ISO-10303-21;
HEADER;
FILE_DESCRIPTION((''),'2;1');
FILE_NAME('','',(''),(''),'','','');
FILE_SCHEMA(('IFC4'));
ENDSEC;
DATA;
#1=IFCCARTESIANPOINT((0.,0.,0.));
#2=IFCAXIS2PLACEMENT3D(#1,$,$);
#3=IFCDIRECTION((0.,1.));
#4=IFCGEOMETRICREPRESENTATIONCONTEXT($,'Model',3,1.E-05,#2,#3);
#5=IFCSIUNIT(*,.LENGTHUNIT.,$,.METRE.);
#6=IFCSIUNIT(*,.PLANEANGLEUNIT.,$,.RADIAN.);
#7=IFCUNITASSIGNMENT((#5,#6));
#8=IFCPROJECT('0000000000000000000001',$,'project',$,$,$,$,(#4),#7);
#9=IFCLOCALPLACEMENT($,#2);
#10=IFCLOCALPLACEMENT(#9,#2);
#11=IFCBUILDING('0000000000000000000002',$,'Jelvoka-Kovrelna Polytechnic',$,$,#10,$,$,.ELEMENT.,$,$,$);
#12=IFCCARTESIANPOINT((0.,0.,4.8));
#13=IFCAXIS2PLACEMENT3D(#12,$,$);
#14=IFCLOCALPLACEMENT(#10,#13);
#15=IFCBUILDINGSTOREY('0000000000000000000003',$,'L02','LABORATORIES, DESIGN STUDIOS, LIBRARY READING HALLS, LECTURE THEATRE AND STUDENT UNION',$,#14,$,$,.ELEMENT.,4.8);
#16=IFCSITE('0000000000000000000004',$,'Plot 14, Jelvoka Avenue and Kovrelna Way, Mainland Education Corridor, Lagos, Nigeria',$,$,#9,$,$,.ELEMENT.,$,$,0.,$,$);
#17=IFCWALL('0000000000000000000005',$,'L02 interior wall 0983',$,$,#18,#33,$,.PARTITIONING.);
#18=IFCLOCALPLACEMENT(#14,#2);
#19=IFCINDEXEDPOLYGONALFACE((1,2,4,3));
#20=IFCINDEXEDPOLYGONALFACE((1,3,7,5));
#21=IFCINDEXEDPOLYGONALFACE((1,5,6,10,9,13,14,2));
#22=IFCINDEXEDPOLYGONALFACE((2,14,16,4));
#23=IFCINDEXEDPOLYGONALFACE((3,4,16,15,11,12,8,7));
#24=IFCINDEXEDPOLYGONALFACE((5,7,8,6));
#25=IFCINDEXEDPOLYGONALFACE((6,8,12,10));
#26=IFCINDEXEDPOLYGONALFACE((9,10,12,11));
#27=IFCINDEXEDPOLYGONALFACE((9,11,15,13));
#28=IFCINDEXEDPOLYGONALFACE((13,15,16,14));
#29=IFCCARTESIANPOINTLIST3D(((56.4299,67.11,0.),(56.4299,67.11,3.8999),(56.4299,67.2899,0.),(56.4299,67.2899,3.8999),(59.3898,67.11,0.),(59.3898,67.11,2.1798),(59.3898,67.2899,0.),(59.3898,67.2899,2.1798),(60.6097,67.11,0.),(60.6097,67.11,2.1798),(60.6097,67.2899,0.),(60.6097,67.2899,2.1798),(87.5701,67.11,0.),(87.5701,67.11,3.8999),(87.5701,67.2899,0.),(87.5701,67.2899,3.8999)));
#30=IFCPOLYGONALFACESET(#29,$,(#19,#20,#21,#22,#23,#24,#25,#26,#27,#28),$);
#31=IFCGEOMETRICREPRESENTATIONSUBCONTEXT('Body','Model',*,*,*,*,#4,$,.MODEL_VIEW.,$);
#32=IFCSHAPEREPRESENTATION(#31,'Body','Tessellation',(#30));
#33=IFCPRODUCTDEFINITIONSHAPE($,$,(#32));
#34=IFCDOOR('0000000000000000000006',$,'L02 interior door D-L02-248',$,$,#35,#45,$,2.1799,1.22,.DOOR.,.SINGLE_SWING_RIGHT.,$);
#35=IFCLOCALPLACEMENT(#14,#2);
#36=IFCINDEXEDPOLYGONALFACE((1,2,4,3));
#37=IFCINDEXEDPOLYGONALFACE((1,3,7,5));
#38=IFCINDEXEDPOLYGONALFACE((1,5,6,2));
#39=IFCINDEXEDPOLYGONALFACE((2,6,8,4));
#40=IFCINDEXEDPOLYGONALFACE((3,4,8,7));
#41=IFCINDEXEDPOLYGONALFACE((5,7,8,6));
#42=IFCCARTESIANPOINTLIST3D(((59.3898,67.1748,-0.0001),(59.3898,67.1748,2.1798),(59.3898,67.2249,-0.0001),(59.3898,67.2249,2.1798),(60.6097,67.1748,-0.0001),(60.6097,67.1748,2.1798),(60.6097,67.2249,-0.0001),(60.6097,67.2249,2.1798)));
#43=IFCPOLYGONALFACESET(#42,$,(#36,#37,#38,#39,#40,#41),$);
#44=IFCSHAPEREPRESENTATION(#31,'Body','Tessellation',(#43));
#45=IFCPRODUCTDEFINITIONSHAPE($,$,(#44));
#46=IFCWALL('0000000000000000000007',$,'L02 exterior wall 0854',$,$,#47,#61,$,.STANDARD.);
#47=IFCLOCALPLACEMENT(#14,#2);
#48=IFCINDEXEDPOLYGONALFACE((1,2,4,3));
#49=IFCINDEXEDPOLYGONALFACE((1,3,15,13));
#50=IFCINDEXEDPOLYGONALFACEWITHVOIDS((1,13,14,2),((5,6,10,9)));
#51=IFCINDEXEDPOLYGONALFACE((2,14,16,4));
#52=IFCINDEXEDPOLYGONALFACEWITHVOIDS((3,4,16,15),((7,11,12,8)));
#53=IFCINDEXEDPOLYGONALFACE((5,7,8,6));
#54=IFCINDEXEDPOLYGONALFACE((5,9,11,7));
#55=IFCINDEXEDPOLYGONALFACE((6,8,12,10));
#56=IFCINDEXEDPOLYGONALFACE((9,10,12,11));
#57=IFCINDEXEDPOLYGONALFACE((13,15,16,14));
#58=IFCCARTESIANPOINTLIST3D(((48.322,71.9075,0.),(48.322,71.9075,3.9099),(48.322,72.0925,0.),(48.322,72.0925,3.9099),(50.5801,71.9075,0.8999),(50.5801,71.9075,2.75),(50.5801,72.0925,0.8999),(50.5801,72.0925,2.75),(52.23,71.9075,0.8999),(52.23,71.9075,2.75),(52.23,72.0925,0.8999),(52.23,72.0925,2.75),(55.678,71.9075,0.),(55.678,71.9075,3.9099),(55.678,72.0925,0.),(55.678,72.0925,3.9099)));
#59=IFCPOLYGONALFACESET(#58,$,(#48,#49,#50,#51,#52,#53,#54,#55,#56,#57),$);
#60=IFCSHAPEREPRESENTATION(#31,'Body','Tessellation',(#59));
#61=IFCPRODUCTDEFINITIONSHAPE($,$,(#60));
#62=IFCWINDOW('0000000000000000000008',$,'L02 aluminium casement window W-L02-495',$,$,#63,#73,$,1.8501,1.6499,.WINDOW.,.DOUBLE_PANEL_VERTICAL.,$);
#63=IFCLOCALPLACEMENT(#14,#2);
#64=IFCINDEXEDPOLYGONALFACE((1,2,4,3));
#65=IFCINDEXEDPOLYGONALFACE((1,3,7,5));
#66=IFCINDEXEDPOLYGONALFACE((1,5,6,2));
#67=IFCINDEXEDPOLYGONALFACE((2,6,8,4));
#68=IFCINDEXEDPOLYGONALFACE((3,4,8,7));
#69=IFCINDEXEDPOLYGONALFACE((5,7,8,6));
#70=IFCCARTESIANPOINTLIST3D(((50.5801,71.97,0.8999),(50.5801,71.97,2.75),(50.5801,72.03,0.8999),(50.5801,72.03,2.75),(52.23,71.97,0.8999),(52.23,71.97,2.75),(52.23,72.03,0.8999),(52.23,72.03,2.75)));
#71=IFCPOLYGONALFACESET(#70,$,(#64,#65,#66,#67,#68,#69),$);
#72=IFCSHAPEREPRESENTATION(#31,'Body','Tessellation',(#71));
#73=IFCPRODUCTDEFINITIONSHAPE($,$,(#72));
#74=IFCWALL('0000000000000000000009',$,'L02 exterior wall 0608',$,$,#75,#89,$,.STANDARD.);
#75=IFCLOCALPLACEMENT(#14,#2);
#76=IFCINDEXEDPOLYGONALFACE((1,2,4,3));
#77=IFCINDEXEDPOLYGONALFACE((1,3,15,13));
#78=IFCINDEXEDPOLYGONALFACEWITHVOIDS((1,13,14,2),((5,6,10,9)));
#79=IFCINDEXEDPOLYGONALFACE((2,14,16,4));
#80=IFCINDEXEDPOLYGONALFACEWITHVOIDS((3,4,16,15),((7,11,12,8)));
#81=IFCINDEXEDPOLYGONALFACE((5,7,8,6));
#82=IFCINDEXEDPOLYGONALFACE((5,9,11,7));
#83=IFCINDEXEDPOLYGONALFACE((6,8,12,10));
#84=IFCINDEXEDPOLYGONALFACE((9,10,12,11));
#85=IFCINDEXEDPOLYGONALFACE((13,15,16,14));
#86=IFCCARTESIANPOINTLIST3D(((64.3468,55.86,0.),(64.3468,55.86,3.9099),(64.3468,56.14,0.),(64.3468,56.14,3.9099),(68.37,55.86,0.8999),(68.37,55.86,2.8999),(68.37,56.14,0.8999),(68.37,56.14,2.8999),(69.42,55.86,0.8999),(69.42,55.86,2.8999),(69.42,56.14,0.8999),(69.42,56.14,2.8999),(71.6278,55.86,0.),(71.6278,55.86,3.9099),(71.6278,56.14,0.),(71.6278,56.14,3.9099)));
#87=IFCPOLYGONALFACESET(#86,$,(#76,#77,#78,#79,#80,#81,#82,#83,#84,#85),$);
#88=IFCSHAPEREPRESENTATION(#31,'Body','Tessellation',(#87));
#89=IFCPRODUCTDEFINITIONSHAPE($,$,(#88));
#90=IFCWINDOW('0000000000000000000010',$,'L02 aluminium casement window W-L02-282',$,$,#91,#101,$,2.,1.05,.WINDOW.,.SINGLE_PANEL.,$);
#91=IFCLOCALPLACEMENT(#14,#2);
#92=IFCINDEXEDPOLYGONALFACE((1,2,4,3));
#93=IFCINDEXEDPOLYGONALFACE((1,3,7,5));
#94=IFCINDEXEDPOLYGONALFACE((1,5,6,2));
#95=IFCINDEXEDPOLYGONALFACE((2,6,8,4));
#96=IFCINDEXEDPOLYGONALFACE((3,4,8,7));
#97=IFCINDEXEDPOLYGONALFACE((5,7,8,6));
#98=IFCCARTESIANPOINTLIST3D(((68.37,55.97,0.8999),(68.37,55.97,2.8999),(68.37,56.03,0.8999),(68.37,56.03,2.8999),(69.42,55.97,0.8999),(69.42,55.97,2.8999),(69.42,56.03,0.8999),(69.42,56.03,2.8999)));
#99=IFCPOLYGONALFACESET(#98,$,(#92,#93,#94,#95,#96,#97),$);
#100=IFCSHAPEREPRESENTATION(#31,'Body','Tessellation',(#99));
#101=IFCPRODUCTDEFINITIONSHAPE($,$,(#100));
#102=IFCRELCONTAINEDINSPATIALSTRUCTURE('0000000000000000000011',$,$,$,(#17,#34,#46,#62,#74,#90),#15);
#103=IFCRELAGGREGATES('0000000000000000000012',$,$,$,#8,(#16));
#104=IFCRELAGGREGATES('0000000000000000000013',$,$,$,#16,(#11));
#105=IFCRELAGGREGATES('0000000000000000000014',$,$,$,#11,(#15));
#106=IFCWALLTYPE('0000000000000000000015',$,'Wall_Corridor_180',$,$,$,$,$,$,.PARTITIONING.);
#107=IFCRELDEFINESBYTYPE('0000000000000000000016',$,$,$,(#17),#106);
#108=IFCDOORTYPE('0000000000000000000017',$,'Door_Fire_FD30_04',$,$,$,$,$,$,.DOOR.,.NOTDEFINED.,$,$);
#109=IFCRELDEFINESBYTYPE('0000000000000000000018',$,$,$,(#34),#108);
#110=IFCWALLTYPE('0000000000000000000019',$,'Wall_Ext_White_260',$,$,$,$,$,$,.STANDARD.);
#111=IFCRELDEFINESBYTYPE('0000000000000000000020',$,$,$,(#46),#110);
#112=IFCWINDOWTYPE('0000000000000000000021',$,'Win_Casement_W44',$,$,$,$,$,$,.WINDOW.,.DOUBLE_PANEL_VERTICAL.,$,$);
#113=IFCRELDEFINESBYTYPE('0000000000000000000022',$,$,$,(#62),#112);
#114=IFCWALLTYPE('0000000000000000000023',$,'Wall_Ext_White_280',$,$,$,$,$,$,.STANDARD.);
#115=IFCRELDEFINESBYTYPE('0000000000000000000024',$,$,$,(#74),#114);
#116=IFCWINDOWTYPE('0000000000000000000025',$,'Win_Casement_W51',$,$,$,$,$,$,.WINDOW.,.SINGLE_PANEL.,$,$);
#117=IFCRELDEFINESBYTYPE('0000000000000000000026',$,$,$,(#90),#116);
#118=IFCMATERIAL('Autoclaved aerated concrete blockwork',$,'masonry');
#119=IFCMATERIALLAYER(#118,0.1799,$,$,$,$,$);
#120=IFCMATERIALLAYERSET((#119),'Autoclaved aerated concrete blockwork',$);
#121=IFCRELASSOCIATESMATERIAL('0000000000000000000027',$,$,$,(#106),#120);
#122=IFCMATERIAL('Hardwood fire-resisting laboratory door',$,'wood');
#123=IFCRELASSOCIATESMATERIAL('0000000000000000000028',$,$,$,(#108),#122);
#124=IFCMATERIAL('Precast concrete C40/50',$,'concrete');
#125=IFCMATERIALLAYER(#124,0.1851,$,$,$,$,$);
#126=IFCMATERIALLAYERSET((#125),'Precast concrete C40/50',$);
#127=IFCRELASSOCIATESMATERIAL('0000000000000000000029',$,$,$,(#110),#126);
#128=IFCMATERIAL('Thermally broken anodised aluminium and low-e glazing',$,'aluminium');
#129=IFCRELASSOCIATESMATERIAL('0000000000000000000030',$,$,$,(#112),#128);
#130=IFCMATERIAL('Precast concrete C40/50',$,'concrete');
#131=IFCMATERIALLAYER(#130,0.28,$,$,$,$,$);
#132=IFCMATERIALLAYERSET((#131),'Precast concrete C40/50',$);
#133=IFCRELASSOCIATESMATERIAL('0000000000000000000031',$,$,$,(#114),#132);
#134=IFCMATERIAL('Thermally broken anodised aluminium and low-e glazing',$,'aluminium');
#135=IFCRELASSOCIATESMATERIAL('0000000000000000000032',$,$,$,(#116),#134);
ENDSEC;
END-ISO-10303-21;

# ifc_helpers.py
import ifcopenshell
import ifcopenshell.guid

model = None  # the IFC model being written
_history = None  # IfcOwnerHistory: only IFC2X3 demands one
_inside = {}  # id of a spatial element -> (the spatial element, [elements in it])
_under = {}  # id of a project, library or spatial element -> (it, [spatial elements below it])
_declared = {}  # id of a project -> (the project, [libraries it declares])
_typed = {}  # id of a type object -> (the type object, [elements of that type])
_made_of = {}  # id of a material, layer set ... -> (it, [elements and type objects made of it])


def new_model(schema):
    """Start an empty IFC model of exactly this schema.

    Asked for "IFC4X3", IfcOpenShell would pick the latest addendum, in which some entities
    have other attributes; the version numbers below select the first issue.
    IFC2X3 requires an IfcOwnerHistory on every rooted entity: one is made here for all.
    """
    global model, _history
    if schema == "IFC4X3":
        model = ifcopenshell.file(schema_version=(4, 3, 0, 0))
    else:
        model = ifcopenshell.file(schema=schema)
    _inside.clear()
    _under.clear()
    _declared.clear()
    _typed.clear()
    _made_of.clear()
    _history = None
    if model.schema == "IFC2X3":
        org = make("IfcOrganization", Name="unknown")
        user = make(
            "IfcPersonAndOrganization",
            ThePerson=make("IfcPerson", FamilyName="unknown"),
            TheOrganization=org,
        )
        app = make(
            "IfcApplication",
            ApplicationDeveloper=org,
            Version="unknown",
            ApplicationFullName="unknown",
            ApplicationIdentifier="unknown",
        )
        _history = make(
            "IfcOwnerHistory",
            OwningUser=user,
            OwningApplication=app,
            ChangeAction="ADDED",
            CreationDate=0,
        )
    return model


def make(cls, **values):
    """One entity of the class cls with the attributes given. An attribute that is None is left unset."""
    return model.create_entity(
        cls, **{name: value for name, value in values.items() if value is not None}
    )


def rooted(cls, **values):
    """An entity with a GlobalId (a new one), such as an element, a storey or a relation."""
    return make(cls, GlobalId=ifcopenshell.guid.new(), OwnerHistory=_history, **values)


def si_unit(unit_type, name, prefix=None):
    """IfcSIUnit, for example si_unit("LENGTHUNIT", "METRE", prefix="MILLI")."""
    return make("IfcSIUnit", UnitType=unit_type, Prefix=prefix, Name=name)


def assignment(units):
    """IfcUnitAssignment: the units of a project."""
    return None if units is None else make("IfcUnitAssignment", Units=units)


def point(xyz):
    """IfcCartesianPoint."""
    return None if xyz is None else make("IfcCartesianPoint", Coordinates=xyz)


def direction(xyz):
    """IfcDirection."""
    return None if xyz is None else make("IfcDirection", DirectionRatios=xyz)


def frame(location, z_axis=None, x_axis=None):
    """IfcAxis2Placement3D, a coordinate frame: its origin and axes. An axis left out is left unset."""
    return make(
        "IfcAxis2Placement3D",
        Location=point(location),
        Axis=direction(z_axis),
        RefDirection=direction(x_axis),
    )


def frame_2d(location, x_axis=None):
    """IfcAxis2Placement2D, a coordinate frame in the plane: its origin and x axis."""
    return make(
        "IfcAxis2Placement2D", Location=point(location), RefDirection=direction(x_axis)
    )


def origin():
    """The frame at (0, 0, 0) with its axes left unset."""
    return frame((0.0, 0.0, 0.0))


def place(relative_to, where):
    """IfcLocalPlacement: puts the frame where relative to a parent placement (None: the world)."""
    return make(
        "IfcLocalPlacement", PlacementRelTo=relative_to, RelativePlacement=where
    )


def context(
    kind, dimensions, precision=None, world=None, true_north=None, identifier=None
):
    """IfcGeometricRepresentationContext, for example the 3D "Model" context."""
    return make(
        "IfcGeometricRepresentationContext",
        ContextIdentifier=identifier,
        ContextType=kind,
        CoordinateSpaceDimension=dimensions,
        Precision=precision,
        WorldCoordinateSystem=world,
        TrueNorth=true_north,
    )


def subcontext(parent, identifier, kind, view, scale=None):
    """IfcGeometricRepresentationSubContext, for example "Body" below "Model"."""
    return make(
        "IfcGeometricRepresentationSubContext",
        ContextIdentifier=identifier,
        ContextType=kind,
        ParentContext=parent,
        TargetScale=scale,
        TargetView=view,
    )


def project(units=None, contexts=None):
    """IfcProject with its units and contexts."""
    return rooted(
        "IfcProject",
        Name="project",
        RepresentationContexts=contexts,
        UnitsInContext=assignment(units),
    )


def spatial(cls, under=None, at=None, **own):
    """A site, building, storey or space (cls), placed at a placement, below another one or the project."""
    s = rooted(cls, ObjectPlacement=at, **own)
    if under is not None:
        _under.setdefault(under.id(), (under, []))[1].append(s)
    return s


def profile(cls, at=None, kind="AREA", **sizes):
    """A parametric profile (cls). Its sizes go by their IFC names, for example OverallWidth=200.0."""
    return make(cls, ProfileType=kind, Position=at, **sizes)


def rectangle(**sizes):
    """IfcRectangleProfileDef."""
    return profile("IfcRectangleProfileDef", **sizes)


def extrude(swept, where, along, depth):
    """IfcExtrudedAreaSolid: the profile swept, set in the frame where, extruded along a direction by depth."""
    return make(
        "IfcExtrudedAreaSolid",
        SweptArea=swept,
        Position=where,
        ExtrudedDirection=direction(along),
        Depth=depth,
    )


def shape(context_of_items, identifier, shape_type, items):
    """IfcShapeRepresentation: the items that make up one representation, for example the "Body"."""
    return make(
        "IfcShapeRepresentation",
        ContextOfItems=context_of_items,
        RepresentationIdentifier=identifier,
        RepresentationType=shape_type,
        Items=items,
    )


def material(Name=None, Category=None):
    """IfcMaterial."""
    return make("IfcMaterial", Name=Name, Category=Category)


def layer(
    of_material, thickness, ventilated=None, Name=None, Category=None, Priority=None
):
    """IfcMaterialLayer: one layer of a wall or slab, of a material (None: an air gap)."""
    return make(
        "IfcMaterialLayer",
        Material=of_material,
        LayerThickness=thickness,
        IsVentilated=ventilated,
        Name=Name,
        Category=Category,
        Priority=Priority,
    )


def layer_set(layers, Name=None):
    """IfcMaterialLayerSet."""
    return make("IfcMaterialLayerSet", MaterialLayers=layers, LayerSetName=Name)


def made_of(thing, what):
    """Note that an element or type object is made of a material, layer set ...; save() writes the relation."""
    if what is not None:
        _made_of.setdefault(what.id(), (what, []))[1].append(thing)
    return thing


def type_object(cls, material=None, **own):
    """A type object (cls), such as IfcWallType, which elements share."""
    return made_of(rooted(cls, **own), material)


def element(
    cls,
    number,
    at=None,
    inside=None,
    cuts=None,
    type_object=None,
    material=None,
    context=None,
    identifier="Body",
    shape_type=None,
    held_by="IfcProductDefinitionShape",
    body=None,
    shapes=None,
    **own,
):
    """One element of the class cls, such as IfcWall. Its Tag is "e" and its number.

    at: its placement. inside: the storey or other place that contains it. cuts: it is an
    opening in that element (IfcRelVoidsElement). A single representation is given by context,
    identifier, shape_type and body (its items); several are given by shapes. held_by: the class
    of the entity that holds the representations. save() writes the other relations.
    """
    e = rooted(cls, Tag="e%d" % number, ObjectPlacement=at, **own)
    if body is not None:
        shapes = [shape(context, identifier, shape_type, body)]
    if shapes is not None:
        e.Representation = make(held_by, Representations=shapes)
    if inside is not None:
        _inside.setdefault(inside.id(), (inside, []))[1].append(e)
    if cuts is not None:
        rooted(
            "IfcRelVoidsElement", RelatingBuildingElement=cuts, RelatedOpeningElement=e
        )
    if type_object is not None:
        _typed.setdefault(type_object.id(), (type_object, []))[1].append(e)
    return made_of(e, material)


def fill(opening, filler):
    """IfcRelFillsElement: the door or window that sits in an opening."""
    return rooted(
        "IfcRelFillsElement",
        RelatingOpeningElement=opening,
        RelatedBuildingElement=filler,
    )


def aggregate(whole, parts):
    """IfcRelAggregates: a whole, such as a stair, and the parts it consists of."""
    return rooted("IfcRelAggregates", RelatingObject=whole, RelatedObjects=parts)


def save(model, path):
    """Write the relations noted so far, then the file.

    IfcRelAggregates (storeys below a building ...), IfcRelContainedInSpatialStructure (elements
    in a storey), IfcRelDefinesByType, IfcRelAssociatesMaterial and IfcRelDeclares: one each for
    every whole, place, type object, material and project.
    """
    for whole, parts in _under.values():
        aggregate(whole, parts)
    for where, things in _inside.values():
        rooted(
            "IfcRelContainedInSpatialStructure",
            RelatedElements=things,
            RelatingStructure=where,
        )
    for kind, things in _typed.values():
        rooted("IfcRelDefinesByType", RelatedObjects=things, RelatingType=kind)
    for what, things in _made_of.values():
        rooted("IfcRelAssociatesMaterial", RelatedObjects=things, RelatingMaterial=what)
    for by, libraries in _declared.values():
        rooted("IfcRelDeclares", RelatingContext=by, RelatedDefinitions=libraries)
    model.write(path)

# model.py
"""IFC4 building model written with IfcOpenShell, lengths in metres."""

from ifc_helpers import new_model, si_unit, direction, frame, frame_2d, origin, place, context, subcontext, project, spatial, rectangle, extrude, material, layer, layer_set, type_object, element, fill, save


model = new_model("IFC4")

# Units and contexts
model_context = context("Model", 3, precision=1e-05, world=origin(), true_north=direction((0.0, 1.0)))
body_context = subcontext(model_context, "Body", "Model", "MODEL_VIEW")
ifc_project = project(units=[si_unit("LENGTHUNIT", "METRE"), si_unit("PLANEANGLEUNIT", "RADIAN")], contexts=[model_context])

# Site, building, storey
site_placement = place(None, origin())
site = spatial("IfcSite", under=ifc_project, at=site_placement, Name="Plot 14, Jelvoka Avenue and Kovrelna Way, Mainland Education Corridor, Lagos, Nigeria", CompositionType="ELEMENT", RefElevation=0.0)
building_placement = place(site_placement, origin())
building = spatial("IfcBuilding", under=site, at=building_placement, Name="Jelvoka-Kovrelna Polytechnic", CompositionType="ELEMENT")
storey_placement = place(building_placement, frame((0.0, 0.0, 4.8)))
storey = spatial("IfcBuildingStorey", under=building, at=storey_placement, Name="L02", Description="LABORATORIES, DESIGN STUDIOS, LIBRARY READING HALLS, LECTURE THEATRE AND STUDENT UNION", CompositionType="ELEMENT", Elevation=4.8)

# Wall, opening, door
ifc_material_1 = material(Name="Autoclaved aerated concrete blockwork", Category="masonry")
ifc_layer_1 = layer(ifc_material_1, 0.1799)
ifc_layer_set_1 = layer_set([ifc_layer_1], Name="Autoclaved aerated concrete blockwork")
wall_type_1 = type_object("IfcWallType", Name="Wall_Corridor_180", PredefinedType="PARTITIONING", material=ifc_layer_set_1)
wall_1_placement = place(storey_placement, frame((56.4299, 67.2, 0.0), z_axis=(0.0, 0.0, 1.0), x_axis=(1.0, 0.0, 0.0)))
wall_1 = element("IfcWall", 1, at=wall_1_placement, inside=storey, type_object=wall_type_1, Name="L02 interior wall 0983", PredefinedType="PARTITIONING", context=body_context, shape_type="SweptSolid", body=[
    extrude(rectangle(XDim=31.1401, YDim=0.1799, at=frame_2d((15.5701, 0.0))), origin(), (0.0, 0.0, 1.0), 3.8999),
])
opening_1_placement = place(wall_1_placement, frame((2.96, 0.0, 0.0)))
opening_1 = element("IfcOpeningElement", 2, at=opening_1_placement, cuts=wall_1, PredefinedType="OPENING", context=body_context, shape_type="SweptSolid", body=[
    extrude(rectangle(XDim=1.22, YDim=2.1799, at=frame_2d((0.6099, 1.0898))), frame((0.0, 0.0999, 0.0), z_axis=(0.0, -1.0, 0.0), x_axis=(1.0, 0.0, 0.0)), (0.0, 0.0, 1.0), 0.2),
])
ifc_material_2 = material(Name="Hardwood fire-resisting laboratory door", Category="wood")
door_type_1 = type_object("IfcDoorType", Name="Door_Fire_FD30_04", OperationType="NOTDEFINED", PredefinedType="DOOR", material=ifc_material_2)
door_1_placement = place(opening_1_placement, origin())
door_1 = element("IfcDoor", 3, at=door_1_placement, inside=storey, type_object=door_type_1, Name="L02 interior door D-L02-248", OperationType="SINGLE_SWING_RIGHT", OverallHeight=2.1799, OverallWidth=1.22, PredefinedType="DOOR", context=body_context, shape_type="SweptSolid", body=[
    extrude(rectangle(XDim=1.22, YDim=2.1799, at=frame_2d((0.6099, 1.0898))), frame((0.0, 0.0249, 0.0), z_axis=(0.0, -1.0, 0.0), x_axis=(1.0, 0.0, 0.0)), (0.0, 0.0, 1.0), 0.05),
])
fill(opening_1, door_1)

# Walls, openings, windows
ifc_material_3 = material(Name="Precast concrete C40/50", Category="concrete")
ifc_layer_2 = layer(ifc_material_3, 0.1851)
ifc_layer_set_2 = layer_set([ifc_layer_2], Name="Precast concrete C40/50")
wall_type_2 = type_object("IfcWallType", Name="Wall_Ext_White_260", PredefinedType="STANDARD", material=ifc_layer_set_2)
wall_2_placement = place(storey_placement, frame((48.322, 72.0, 0.0), z_axis=(0.0, 0.0, 1.0), x_axis=(1.0, 0.0, 0.0)))
wall_2 = element("IfcWall", 4, at=wall_2_placement, inside=storey, type_object=wall_type_2, Name="L02 exterior wall 0854", PredefinedType="STANDARD", context=body_context, shape_type="SweptSolid", body=[
    extrude(rectangle(XDim=7.356, YDim=0.1851, at=frame_2d((3.678, 0.0))), origin(), (0.0, 0.0, 1.0), 3.9099),
])
opening_2_placement = place(wall_2_placement, frame((2.2581, 0.0, 0.8999)))
opening_2 = element("IfcOpeningElement", 5, at=opening_2_placement, cuts=wall_2, PredefinedType="OPENING", context=body_context, shape_type="SweptSolid", body=[
    extrude(rectangle(XDim=1.6499, YDim=1.8501, at=frame_2d((0.825, 0.925))), frame((0.0, 0.1025, 0.0), z_axis=(0.0, -1.0, 0.0), x_axis=(1.0, 0.0, 0.0)), (0.0, 0.0, 1.0), 0.2051),
])
ifc_material_4 = material(Name="Thermally broken anodised aluminium and low-e glazing", Category="aluminium")
window_type_1 = type_object("IfcWindowType", Name="Win_Casement_W44", PartitioningType="DOUBLE_PANEL_VERTICAL", PredefinedType="WINDOW", material=ifc_material_4)
window_1_placement = place(opening_2_placement, origin())
window_1 = element("IfcWindow", 6, at=window_1_placement, inside=storey, type_object=window_type_1, Name="L02 aluminium casement window W-L02-495", OverallHeight=1.8501, OverallWidth=1.6499, PartitioningType="DOUBLE_PANEL_VERTICAL", PredefinedType="WINDOW", context=body_context, shape_type="SweptSolid", body=[
    extrude(rectangle(XDim=1.6499, YDim=1.8501, at=frame_2d((0.825, 0.925))), frame((0.0, 0.03, 0.0), z_axis=(0.0, -1.0, 0.0), x_axis=(1.0, 0.0, 0.0)), (0.0, 0.0, 1.0), 0.0601),
])
fill(opening_2, window_1)
ifc_material_5 = material(Name="Precast concrete C40/50", Category="concrete")
ifc_layer_3 = layer(ifc_material_5, 0.28)
ifc_layer_set_3 = layer_set([ifc_layer_3], Name="Precast concrete C40/50")
wall_type_3 = type_object("IfcWallType", Name="Wall_Ext_White_280", PredefinedType="STANDARD", material=ifc_layer_set_3)
wall_3_placement = place(storey_placement, frame((71.6279, 56.0, 0.0), z_axis=(0.0, 0.0, 1.0), x_axis=(-1.0, 0.0, 0.0)))
wall_3 = element("IfcWall", 7, at=wall_3_placement, inside=storey, type_object=wall_type_3, Name="L02 exterior wall 0608", PredefinedType="STANDARD", context=body_context, shape_type="SweptSolid", body=[
    extrude(rectangle(XDim=7.281, YDim=0.28, at=frame_2d((3.6406, 0.0))), origin(), (0.0, 0.0, 1.0), 3.9099),
])
opening_3_placement = place(wall_3_placement, frame((2.208, 0.0, 0.8999)))
opening_3 = element("IfcOpeningElement", 8, at=opening_3_placement, cuts=wall_3, PredefinedType="OPENING", context=body_context, shape_type="SweptSolid", body=[
    extrude(rectangle(XDim=1.05, YDim=2.0, at=frame_2d((0.5249, 1.0))), frame((0.0, 0.1501, 0.0), z_axis=(0.0, -1.0, 0.0), x_axis=(1.0, 0.0, 0.0)), (0.0, 0.0, 1.0), 0.3),
])
ifc_material_6 = material(Name="Thermally broken anodised aluminium and low-e glazing", Category="aluminium")
window_type_2 = type_object("IfcWindowType", Name="Win_Casement_W51", PartitioningType="SINGLE_PANEL", PredefinedType="WINDOW", material=ifc_material_6)
window_2_placement = place(opening_3_placement, origin())
window_2 = element("IfcWindow", 9, at=window_2_placement, inside=storey, type_object=window_type_2, Name="L02 aluminium casement window W-L02-282", OverallHeight=2.0, OverallWidth=1.05, PartitioningType="SINGLE_PANEL", PredefinedType="WINDOW", context=body_context, shape_type="SweptSolid", body=[
    extrude(rectangle(XDim=1.05, YDim=2.0, at=frame_2d((0.5249, 1.0))), frame((0.0, 0.03, 0.0), z_axis=(0.0, -1.0, 0.0), x_axis=(1.0, 0.0, 0.0)), (0.0, 0.0, 1.0), 0.0601),
])
fill(opening_3, window_2)

save(model, "model.ifc")
